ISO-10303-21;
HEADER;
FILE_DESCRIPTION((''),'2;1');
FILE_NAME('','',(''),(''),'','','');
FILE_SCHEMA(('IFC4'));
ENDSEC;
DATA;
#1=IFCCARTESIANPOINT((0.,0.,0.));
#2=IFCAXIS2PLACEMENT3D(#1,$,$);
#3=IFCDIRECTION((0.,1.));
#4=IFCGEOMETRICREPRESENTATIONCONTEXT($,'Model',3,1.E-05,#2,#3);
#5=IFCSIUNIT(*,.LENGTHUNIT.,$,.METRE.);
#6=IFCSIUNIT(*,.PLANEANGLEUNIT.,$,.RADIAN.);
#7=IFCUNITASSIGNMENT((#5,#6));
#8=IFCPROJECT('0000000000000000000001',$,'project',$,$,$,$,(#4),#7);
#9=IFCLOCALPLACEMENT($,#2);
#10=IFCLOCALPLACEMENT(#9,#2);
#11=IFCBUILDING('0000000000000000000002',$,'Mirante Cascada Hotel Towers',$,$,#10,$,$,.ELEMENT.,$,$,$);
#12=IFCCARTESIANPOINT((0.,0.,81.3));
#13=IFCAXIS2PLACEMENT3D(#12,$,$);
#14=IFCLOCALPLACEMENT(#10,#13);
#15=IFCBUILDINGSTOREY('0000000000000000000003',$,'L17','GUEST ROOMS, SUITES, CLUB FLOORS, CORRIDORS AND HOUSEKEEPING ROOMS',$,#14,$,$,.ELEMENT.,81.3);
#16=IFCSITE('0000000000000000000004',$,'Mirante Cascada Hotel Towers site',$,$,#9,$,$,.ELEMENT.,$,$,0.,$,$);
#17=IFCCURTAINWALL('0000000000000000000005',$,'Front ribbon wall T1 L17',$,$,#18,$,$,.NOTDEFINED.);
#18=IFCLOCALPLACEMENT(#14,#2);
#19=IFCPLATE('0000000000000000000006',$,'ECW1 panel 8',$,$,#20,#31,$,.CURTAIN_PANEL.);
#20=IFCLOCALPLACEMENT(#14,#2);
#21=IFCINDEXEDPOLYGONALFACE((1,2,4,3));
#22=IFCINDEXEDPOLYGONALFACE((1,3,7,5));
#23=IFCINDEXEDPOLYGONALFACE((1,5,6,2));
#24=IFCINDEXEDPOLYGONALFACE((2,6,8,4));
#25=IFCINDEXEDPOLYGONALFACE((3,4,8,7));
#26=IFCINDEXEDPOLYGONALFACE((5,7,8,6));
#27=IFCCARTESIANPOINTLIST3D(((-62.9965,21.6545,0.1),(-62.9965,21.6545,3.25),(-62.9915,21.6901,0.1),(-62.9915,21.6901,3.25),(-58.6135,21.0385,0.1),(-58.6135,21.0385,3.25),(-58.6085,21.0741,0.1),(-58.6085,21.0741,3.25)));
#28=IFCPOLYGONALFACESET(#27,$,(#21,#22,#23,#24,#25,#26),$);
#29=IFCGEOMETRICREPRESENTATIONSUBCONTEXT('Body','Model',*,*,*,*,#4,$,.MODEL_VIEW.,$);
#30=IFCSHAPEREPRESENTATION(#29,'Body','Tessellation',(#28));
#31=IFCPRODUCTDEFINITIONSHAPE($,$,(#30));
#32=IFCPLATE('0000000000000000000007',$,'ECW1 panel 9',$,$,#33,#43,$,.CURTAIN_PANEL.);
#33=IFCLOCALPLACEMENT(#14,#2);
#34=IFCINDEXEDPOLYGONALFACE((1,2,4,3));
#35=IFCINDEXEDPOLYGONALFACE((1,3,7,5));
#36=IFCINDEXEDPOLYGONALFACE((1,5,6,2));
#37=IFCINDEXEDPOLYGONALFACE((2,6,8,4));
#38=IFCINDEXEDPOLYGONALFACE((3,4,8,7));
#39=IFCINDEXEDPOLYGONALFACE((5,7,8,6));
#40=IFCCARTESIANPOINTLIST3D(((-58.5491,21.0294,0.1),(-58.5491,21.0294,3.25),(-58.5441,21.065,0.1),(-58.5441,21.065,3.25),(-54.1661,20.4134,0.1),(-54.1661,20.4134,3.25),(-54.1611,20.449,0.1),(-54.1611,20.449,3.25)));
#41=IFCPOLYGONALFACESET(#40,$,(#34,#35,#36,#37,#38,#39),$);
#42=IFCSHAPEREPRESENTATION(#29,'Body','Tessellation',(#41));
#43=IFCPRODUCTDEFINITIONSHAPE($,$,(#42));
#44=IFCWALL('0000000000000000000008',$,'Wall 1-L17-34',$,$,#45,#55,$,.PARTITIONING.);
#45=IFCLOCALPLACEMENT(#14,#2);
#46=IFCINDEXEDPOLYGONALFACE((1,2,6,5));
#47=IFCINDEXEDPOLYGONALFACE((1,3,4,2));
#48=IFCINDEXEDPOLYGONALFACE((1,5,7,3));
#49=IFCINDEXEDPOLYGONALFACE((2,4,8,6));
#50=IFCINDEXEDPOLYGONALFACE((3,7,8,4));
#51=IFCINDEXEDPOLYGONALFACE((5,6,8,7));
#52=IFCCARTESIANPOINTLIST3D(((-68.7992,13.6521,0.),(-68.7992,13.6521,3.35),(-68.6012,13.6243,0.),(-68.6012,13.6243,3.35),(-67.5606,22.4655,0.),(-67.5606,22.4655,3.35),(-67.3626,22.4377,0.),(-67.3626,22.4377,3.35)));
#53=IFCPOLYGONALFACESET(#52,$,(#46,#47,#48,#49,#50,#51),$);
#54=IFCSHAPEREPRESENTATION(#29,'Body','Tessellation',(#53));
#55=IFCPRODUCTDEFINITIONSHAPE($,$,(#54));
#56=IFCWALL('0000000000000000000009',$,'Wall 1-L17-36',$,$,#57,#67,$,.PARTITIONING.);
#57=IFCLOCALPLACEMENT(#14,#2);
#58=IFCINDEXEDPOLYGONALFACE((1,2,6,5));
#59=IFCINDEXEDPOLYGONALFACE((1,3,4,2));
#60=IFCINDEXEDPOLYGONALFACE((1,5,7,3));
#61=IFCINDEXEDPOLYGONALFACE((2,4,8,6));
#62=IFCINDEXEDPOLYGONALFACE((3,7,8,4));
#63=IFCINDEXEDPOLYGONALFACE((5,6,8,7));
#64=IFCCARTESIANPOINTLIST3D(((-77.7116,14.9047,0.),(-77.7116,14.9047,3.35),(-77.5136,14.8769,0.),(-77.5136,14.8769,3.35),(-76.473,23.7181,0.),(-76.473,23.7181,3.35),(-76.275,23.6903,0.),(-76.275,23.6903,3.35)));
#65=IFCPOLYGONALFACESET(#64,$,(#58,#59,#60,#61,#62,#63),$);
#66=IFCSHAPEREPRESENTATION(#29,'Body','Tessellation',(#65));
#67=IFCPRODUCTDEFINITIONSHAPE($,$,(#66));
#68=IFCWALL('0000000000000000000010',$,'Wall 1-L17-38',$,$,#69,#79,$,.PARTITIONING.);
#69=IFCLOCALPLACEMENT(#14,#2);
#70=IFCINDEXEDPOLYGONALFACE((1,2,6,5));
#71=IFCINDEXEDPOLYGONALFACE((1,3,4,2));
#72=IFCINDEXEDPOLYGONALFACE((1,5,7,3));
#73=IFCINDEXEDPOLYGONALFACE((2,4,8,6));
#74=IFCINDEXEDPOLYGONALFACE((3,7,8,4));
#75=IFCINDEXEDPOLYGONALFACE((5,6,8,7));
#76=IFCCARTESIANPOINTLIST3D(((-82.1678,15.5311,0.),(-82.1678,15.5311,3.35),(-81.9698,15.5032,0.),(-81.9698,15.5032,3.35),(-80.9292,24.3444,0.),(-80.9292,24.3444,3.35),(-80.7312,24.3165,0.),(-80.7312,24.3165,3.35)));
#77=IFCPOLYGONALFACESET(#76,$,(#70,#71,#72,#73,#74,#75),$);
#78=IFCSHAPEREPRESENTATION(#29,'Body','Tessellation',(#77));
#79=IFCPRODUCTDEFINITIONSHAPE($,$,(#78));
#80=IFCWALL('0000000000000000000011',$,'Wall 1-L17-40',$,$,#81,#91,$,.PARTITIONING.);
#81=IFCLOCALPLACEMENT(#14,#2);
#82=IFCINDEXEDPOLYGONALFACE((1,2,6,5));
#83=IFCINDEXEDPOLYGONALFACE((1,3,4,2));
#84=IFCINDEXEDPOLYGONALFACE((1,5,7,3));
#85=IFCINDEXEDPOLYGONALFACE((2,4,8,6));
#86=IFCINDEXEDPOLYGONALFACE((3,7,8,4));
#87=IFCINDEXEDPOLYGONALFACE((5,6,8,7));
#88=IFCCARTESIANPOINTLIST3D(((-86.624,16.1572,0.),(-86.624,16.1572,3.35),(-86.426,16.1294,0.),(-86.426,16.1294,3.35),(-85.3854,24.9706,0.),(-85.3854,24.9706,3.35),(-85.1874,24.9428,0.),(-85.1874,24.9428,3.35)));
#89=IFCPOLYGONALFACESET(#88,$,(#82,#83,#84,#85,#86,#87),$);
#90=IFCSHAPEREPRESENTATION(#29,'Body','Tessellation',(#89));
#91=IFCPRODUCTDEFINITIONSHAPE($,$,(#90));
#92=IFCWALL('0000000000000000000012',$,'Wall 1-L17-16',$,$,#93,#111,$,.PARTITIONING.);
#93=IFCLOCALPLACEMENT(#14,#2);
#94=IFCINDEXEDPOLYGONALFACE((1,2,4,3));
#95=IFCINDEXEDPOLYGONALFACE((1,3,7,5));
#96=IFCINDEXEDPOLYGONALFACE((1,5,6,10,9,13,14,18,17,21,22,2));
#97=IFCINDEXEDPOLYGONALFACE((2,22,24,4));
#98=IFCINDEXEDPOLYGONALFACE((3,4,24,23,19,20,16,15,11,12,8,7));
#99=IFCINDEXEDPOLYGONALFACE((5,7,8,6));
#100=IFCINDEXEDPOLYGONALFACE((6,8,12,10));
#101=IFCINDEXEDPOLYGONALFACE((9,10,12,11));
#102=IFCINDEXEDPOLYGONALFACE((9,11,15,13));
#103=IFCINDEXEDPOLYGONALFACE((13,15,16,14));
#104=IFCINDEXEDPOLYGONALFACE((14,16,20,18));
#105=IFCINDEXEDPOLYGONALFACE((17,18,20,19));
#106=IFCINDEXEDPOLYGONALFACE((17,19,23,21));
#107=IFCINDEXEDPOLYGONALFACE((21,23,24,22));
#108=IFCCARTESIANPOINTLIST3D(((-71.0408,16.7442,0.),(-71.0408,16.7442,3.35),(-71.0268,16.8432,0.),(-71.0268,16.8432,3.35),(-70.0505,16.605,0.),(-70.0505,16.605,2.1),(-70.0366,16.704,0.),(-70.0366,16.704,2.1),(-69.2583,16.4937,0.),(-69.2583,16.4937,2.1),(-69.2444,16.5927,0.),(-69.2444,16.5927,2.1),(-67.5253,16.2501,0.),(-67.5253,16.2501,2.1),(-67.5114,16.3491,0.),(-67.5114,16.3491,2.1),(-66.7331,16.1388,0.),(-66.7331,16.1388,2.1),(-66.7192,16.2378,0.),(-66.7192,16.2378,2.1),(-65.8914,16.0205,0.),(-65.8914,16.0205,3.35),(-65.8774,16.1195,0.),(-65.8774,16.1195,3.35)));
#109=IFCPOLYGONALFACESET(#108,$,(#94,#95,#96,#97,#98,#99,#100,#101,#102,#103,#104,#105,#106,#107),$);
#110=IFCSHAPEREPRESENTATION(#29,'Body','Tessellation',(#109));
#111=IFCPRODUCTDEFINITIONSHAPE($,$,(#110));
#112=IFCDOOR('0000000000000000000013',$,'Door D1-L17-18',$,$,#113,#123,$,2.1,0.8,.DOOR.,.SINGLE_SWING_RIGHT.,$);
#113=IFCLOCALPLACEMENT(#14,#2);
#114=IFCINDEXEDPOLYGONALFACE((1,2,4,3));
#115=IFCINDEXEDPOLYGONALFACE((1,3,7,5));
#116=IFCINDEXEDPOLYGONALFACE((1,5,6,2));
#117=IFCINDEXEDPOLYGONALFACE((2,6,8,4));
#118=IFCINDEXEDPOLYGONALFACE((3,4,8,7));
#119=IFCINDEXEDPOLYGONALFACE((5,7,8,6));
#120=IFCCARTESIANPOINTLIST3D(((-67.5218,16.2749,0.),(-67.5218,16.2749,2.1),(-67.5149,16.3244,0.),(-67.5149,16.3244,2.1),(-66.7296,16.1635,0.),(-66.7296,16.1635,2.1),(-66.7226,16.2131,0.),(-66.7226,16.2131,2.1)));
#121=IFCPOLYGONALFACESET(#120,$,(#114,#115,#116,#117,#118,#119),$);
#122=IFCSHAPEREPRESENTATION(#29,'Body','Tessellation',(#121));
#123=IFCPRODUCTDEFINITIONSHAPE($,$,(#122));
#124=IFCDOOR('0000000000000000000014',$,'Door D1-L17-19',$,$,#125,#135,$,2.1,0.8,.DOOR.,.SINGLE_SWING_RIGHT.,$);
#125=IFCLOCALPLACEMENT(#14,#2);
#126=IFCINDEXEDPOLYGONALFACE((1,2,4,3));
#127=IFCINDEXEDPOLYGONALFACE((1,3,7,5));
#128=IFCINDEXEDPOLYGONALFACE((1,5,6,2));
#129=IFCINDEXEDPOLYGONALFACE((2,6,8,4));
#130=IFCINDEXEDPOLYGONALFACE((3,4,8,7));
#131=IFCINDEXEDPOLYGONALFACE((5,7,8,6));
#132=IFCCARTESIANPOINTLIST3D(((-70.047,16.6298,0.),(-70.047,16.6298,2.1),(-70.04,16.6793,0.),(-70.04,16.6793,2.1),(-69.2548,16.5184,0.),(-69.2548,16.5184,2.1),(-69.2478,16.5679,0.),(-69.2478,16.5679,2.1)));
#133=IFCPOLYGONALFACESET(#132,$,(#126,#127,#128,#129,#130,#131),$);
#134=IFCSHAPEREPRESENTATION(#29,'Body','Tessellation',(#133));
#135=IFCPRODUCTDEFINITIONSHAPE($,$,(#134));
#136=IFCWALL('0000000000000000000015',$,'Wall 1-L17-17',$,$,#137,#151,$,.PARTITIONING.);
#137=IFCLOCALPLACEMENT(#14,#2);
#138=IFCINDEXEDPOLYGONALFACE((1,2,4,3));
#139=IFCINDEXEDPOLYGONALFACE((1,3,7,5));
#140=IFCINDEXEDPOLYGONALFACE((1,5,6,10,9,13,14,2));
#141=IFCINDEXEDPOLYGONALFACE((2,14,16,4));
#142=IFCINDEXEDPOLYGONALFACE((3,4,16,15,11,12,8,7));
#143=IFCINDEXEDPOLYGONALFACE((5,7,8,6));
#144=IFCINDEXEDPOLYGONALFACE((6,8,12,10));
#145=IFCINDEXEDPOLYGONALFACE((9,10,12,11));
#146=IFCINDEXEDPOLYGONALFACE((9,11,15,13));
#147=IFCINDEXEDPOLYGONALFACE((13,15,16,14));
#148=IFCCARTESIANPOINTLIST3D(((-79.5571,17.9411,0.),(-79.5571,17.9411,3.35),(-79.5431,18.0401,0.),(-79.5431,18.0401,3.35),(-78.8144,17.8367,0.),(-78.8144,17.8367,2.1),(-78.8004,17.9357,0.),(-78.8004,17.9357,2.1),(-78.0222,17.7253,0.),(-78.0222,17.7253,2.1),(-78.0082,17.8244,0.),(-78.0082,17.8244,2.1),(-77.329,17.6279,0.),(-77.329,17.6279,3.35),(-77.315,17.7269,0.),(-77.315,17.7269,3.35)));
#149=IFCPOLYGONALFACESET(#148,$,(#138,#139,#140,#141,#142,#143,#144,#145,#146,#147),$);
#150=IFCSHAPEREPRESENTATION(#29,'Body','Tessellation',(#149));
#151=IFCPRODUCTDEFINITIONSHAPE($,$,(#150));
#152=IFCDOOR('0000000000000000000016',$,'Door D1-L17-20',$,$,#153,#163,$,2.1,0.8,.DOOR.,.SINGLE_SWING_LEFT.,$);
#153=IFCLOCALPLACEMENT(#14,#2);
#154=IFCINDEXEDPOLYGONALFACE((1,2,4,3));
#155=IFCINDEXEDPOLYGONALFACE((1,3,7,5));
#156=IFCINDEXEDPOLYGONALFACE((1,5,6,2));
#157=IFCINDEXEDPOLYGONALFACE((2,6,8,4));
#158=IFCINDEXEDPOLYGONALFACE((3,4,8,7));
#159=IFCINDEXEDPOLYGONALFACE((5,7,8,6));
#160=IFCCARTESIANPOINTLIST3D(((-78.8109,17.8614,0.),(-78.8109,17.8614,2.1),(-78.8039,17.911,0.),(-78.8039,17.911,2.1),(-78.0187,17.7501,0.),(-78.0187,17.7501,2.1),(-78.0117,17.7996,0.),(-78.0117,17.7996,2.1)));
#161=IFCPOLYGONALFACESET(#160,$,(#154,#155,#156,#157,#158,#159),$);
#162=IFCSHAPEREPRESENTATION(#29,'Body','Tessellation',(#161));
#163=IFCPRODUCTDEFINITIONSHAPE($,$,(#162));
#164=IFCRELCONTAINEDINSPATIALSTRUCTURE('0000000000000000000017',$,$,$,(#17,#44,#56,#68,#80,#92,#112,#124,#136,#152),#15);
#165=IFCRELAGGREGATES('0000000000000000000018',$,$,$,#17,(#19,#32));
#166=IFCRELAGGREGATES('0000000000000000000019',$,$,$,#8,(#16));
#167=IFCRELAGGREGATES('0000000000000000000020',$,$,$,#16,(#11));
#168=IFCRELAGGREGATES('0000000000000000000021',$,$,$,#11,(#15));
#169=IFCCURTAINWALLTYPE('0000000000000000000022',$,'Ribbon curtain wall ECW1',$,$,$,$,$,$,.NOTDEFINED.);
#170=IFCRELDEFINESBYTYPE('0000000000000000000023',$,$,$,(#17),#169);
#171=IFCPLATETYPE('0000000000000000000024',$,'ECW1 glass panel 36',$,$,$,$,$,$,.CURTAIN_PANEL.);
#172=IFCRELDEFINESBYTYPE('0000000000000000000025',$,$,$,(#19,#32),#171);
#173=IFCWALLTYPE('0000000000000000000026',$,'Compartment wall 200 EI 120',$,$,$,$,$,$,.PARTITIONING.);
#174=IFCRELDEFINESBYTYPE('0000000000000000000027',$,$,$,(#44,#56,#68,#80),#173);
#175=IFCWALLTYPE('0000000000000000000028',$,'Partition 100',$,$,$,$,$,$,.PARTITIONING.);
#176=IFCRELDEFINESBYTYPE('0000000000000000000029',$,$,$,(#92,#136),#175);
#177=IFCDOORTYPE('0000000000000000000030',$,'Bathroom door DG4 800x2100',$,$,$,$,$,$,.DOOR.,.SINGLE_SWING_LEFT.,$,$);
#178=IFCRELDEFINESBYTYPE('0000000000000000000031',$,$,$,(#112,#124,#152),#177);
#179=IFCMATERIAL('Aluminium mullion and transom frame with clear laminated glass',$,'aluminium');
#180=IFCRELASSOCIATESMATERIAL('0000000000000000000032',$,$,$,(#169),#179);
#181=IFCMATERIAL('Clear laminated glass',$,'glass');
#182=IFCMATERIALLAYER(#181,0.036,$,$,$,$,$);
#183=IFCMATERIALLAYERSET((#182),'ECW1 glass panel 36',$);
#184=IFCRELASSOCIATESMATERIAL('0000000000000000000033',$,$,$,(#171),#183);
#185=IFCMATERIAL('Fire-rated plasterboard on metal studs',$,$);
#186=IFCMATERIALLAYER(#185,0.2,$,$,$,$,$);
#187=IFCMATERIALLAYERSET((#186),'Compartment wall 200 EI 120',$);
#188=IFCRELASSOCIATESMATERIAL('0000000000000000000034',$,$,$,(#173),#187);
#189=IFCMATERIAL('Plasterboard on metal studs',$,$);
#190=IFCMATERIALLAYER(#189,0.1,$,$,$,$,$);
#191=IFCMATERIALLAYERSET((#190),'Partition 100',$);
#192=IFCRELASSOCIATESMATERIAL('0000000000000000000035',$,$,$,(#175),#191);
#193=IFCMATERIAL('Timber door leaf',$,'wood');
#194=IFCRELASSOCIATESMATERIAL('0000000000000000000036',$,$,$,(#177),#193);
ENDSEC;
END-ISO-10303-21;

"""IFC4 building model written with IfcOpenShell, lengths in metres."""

from ifc_helpers import new_model, si_unit, direction, frame, frame_2d, origin, origin_2d, place, context, subcontext, project, spatial, rectangle, extrude, material, layer, layer_set, type_object, element, fill, aggregate, save


model = new_model("IFC4")

# Units and contexts
model_context = context("Model", 3, precision=1e-05, world=origin(), true_north=direction((0.0, 1.0)))
body_context = subcontext(model_context, "Body", "Model", "MODEL_VIEW")
ifc_project = project(units=[si_unit("LENGTHUNIT", "METRE"), si_unit("PLANEANGLEUNIT", "RADIAN")], contexts=[model_context])

# Site, building, storey
site_placement = place(None, origin())
site = spatial("IfcSite", under=ifc_project, at=site_placement, Name="Mirante Cascada Hotel Towers site", CompositionType="ELEMENT", RefElevation=0.0)
building_placement = place(site_placement, origin())
building = spatial("IfcBuilding", under=site, at=building_placement, Name="Mirante Cascada Hotel Towers", CompositionType="ELEMENT")
storey_placement = place(building_placement, frame((0.0, 0.0, 81.3)))
storey = spatial("IfcBuildingStorey", under=building, at=storey_placement, Name="L17", Description="GUEST ROOMS, SUITES, CLUB FLOORS, CORRIDORS AND HOUSEKEEPING ROOMS", CompositionType="ELEMENT", Elevation=81.3)

# Curtain wall, plates
ifc_material_1 = material(Name="Aluminium mullion and transom frame with clear laminated glass", Category="aluminium")
curtain_wall_type = type_object("IfcCurtainWallType", Name="Ribbon curtain wall ECW1", PredefinedType="NOTDEFINED", material=ifc_material_1)
curtain_wall_placement = place(storey_placement, origin())
curtain_wall = element("IfcCurtainWall", 1, at=curtain_wall_placement, inside=storey, type_object=curtain_wall_type, Name="Front ribbon wall T1 L17", PredefinedType="NOTDEFINED")
ifc_material_2 = material(Name="Clear laminated glass", Category="glass")
ifc_layer_1 = layer(ifc_material_2, 0.036)
ifc_layer_set_1 = layer_set([ifc_layer_1], Name="ECW1 glass panel 36")
plate_type = type_object("IfcPlateType", Name="ECW1 glass panel 36", PredefinedType="CURTAIN_PANEL", material=ifc_layer_set_1)
plate_1_placement = place(storey_placement, frame((-60.8025, 21.3643, 0.1), z_axis=(0.0, 0.0, 1.0), x_axis=(0.990268, -0.139173, 0.0)))
plate_1 = element("IfcPlate", 2, at=plate_1_placement, type_object=plate_type, Name="ECW1 panel 8", PredefinedType="CURTAIN_PANEL", context=body_context, shape_type="SweptSolid", body=[
    extrude(rectangle(XDim=4.4261, YDim=0.036, at=origin_2d()), origin(), (0.0, 0.0, 1.0), 3.15),
])
plate_2_placement = place(storey_placement, frame((-56.3551, 20.7392, 0.1), z_axis=(0.0, 0.0, 1.0), x_axis=(0.990268, -0.139173, 0.0)))
plate_2 = element("IfcPlate", 3, at=plate_2_placement, type_object=plate_type, Name="ECW1 panel 9", PredefinedType="CURTAIN_PANEL", context=body_context, shape_type="SweptSolid", body=[
    extrude(rectangle(XDim=4.4261, YDim=0.036, at=origin_2d()), origin(), (0.0, 0.0, 1.0), 3.15),
])
aggregate(curtain_wall, [plate_1, plate_2])

# Walls
ifc_material_3 = material(Name="Fire-rated plasterboard on metal studs")
ifc_layer_2 = layer(ifc_material_3, 0.2)
ifc_layer_set_2 = layer_set([ifc_layer_2], Name="Compartment wall 200 EI 120")
wall_type_1 = type_object("IfcWallType", Name="Compartment wall 200 EI 120", PredefinedType="PARTITIONING", material=ifc_layer_set_2)
for number, where, z_axis, x_axis, name in (
    (4, (-68.7002, 13.6382, 0.0), (0.0, 0.0, 1.0), (0.139168, 0.990269, 0.0), "Wall 1-L17-34"),
    (5, (-77.6126, 14.8908, 0.0), (0.0, 0.0, 1.0), (0.139168, 0.990269, 0.0), "Wall 1-L17-36"),
):
    element("IfcWall", number, at=place(storey_placement, frame(where, z_axis=z_axis, x_axis=x_axis)), inside=storey, type_object=wall_type_1, Name=name, PredefinedType="PARTITIONING", context=body_context, shape_type="SweptSolid", body=[
        extrude(rectangle(XDim=8.9, YDim=0.2, at=frame_2d((4.45, 0.0))), origin(), (0.0, 0.0, 1.0), 3.35),
    ])
wall_1_placement = place(storey_placement, frame((-82.0688, 15.5171, 0.0), z_axis=(0.0, 0.0, 1.0), x_axis=(0.13917, 0.990268, 0.0)))
element("IfcWall", 6, at=wall_1_placement, inside=storey, type_object=wall_type_1, Name="Wall 1-L17-38", PredefinedType="PARTITIONING", context=body_context, shape_type="SweptSolid", body=[
    extrude(rectangle(XDim=8.8999, YDim=0.2, at=frame_2d((4.45, 0.0))), origin(), (0.0, 0.0, 1.0), 3.35),
])
wall_2_placement = place(storey_placement, frame((-86.525, 16.1433, 0.0), z_axis=(0.0, 0.0, 1.0), x_axis=(0.139168, 0.990269, 0.0)))
element("IfcWall", 7, at=wall_2_placement, inside=storey, type_object=wall_type_1, Name="Wall 1-L17-40", PredefinedType="PARTITIONING", context=body_context, shape_type="SweptSolid", body=[
    extrude(rectangle(XDim=8.9, YDim=0.2, at=frame_2d((4.45, 0.0))), origin(), (0.0, 0.0, 1.0), 3.35),
])

# Wall, openings, doors
ifc_material_4 = material(Name="Plasterboard on metal studs")
ifc_layer_3 = layer(ifc_material_4, 0.1)
ifc_layer_set_3 = layer_set([ifc_layer_3], Name="Partition 100")
wall_type_2 = type_object("IfcWallType", Name="Partition 100", PredefinedType="PARTITIONING", material=ifc_layer_set_3)
wall_3_placement = place(storey_placement, frame((-65.8844, 16.07, 0.0), z_axis=(0.0, 0.0, 1.0), x_axis=(-0.990268, 0.139173, 0.0)))
wall_3 = element("IfcWall", 8, at=wall_3_placement, inside=storey, type_object=wall_type_2, Name="Wall 1-L17-16", PredefinedType="PARTITIONING", context=body_context, shape_type="SweptSolid", body=[
    extrude(rectangle(XDim=5.2, YDim=0.1, at=frame_2d((2.6, 0.0))), origin(), (0.0, 0.0, 1.0), 3.35),
])
opening_1_placement = place(wall_3_placement, frame((0.85, 0.0, 0.0)))
opening_1 = element("IfcOpeningElement", 9, at=opening_1_placement, cuts=wall_3, PredefinedType="OPENING", context=body_context, shape_type="SweptSolid", body=[
    extrude(rectangle(XDim=0.8, YDim=2.1, at=frame_2d((0.4, 1.05))), frame((0.0, 0.05, 0.0), z_axis=(0.0, -1.0, 0.0), x_axis=(1.0, 0.0, 0.0)), (0.0, 0.0, 1.0), 0.1),
])
opening_2_placement = place(wall_3_placement, frame((3.4, 0.0, 0.0)))
opening_2 = element("IfcOpeningElement", 10, at=opening_2_placement, cuts=wall_3, PredefinedType="OPENING", context=body_context, shape_type="SweptSolid", body=[
    extrude(rectangle(XDim=0.8, YDim=2.1, at=frame_2d((0.4, 1.05))), frame((0.0, 0.05, 0.0), z_axis=(0.0, -1.0, 0.0), x_axis=(1.0, 0.0, 0.0)), (0.0, 0.0, 1.0), 0.1),
])
ifc_material_5 = material(Name="Timber door leaf", Category="wood")
door_type = type_object("IfcDoorType", Name="Bathroom door DG4 800x2100", OperationType="SINGLE_SWING_LEFT", PredefinedType="DOOR", material=ifc_material_5)
door_1_placement = place(opening_1_placement, frame((0.8, 0.0, 0.0), z_axis=(0.0, 0.0, 1.0), x_axis=(-1.0, 0.0, 0.0)))
door_1 = element("IfcDoor", 11, at=door_1_placement, inside=storey, type_object=door_type, Name="Door D1-L17-18", OperationType="SINGLE_SWING_RIGHT", OverallHeight=2.1, OverallWidth=0.8, PredefinedType="DOOR", context=body_context, shape_type="SweptSolid", body=[
    extrude(rectangle(XDim=0.8, YDim=2.1, at=frame_2d((0.4, 1.05))), frame((0.0, 0.025, 0.0), z_axis=(0.0, -1.0, 0.0), x_axis=(1.0, 0.0, 0.0)), (0.0, 0.0, 1.0), 0.05),
])
fill(opening_1, door_1)
door_2_placement = place(opening_2_placement, frame((0.8, 0.0, 0.0), z_axis=(0.0, 0.0, 1.0), x_axis=(-1.0, 0.0, 0.0)))
door_2 = element("IfcDoor", 12, at=door_2_placement, inside=storey, type_object=door_type, Name="Door D1-L17-19", OperationType="SINGLE_SWING_RIGHT", OverallHeight=2.1, OverallWidth=0.8, PredefinedType="DOOR", context=body_context, shape_type="SweptSolid", body=[
    extrude(rectangle(XDim=0.8, YDim=2.1, at=frame_2d((0.4, 1.05))), frame((0.0, 0.025, 0.0), z_axis=(0.0, -1.0, 0.0), x_axis=(1.0, 0.0, 0.0)), (0.0, 0.0, 1.0), 0.05),
])
fill(opening_2, door_2)

# Wall, opening, door
wall_4_placement = place(storey_placement, frame((-79.5501, 17.9906, 0.0), z_axis=(0.0, 0.0, 1.0), x_axis=(0.990264, -0.1392, 0.0)))
wall_4 = element("IfcWall", 13, at=wall_4_placement, inside=storey, type_object=wall_type_2, Name="Wall 1-L17-17", PredefinedType="PARTITIONING", context=body_context, shape_type="SweptSolid", body=[
    extrude(rectangle(XDim=2.25, YDim=0.1, at=frame_2d((1.125, 0.0))), origin(), (0.0, 0.0, 1.0), 3.35),
])
opening_3_placement = place(wall_4_placement, frame((0.75, 0.0, 0.0)))
opening_3 = element("IfcOpeningElement", 14, at=opening_3_placement, cuts=wall_4, PredefinedType="OPENING", context=body_context, shape_type="SweptSolid", body=[
    extrude(rectangle(XDim=0.8, YDim=2.1, at=frame_2d((0.4, 1.05))), frame((0.0, 0.05, 0.0), z_axis=(0.0, -1.0, 0.0), x_axis=(1.0, 0.0, 0.0)), (0.0, 0.0, 1.0), 0.1),
])
door_3_placement = place(opening_3_placement, origin())
door_3 = element("IfcDoor", 15, at=door_3_placement, inside=storey, type_object=door_type, Name="Door D1-L17-20", OperationType="SINGLE_SWING_LEFT", OverallHeight=2.1, OverallWidth=0.8, PredefinedType="DOOR", context=body_context, shape_type="SweptSolid", body=[
    extrude(rectangle(XDim=0.8, YDim=2.1, at=frame_2d((0.4, 1.05))), frame((0.0, 0.025, 0.0), z_axis=(0.0, -1.0, 0.0), x_axis=(1.0, 0.0, 0.0)), (0.0, 0.0, 1.0), 0.05),
])
fill(opening_3, door_3)

save(model, "model.ifc")
